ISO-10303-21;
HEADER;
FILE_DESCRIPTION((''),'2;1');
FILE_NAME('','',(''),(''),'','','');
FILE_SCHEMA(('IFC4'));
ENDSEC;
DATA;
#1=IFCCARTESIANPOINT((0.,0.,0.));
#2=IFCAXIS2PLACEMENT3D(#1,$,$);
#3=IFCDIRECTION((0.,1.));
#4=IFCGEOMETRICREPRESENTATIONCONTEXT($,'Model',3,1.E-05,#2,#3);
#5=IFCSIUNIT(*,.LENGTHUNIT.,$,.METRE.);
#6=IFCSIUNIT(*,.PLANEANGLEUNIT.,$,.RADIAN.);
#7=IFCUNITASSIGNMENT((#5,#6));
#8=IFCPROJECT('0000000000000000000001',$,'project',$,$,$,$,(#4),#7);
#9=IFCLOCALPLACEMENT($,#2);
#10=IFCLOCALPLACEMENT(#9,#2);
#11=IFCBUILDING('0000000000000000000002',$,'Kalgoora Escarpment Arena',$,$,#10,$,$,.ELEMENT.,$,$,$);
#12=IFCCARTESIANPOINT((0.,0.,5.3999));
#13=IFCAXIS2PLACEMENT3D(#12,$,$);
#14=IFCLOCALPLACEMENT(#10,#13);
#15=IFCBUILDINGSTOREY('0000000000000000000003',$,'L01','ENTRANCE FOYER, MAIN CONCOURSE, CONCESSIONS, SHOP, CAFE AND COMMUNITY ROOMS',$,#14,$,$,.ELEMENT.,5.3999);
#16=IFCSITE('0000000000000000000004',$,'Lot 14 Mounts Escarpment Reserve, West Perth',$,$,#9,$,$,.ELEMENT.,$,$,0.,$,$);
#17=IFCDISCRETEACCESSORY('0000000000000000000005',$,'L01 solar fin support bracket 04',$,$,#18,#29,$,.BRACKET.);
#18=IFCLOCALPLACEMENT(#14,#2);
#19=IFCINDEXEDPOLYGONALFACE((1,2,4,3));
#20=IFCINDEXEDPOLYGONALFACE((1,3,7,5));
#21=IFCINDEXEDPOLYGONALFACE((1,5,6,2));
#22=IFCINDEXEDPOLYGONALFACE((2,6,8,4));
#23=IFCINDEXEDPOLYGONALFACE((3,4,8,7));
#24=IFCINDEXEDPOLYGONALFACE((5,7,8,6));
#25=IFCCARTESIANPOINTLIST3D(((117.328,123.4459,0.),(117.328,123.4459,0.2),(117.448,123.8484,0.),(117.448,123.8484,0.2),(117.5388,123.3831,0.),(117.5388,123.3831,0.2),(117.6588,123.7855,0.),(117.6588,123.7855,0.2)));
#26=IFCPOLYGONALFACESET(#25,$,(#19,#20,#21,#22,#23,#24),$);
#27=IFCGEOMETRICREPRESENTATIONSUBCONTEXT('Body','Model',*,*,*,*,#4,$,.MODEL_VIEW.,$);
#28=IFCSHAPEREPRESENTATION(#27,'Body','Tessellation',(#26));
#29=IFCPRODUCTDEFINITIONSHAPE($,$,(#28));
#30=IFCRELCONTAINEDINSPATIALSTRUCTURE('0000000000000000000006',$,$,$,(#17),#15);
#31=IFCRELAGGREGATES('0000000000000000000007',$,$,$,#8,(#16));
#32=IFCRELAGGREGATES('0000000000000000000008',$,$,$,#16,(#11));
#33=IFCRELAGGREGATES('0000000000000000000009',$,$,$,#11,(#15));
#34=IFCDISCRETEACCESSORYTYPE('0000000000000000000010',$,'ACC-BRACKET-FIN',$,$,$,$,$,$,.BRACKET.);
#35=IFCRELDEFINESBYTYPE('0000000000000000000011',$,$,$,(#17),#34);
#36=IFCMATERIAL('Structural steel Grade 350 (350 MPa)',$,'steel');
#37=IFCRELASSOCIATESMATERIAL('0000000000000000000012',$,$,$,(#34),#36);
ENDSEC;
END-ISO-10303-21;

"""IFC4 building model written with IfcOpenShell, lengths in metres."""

from ifc_helpers import new_model, si_unit, direction, frame, origin, origin_2d, place, context, subcontext, project, spatial, rectangle, extrude, material, type_object, element, save


model = new_model("IFC4")

# Units and contexts
model_context = context("Model", 3, precision=1e-05, world=origin(), true_north=direction((0.0, 1.0)))
body_context = subcontext(model_context, "Body", "Model", "MODEL_VIEW")
ifc_project = project(units=[si_unit("LENGTHUNIT", "METRE"), si_unit("PLANEANGLEUNIT", "RADIAN")], contexts=[model_context])

# Site, building, storey
site_placement = place(None, origin())
site = spatial("IfcSite", under=ifc_project, at=site_placement, Name="Lot 14 Mounts Escarpment Reserve, West Perth", CompositionType="ELEMENT", RefElevation=0.0)
building_placement = place(site_placement, origin())
building = spatial("IfcBuilding", under=site, at=building_placement, Name="Kalgoora Escarpment Arena", CompositionType="ELEMENT")
storey_placement = place(building_placement, frame((0.0, 0.0, 5.3999)))
storey = spatial("IfcBuildingStorey", under=building, at=storey_placement, Name="L01", Description="ENTRANCE FOYER, MAIN CONCOURSE, CONCESSIONS, SHOP, CAFE AND COMMUNITY ROOMS", CompositionType="ELEMENT", Elevation=5.3999)

# Discrete accessory
ifc_material_1 = material(Name="Structural steel Grade 350 (350 MPa)", Category="steel")
discrete_accessory_type = type_object("IfcDiscreteAccessoryType", Name="ACC-BRACKET-FIN", PredefinedType="BRACKET", material=ifc_material_1)
discrete_accessory_placement = place(storey_placement, frame((117.4934, 123.6157, 0.0), z_axis=(0.0, 0.0, 1.0), x_axis=(0.285688, 0.958323, 0.0)))
element("IfcDiscreteAccessory", 1, at=discrete_accessory_placement, inside=storey, type_object=discrete_accessory_type, Name="L01 solar fin support bracket 04", PredefinedType="BRACKET", context=body_context, shape_type="SweptSolid", body=[
    extrude(rectangle(XDim=0.4199, YDim=0.22, at=origin_2d()), origin(), (0.0, 0.0, 1.0), 0.2),
])

save(model, "model.ifc")
